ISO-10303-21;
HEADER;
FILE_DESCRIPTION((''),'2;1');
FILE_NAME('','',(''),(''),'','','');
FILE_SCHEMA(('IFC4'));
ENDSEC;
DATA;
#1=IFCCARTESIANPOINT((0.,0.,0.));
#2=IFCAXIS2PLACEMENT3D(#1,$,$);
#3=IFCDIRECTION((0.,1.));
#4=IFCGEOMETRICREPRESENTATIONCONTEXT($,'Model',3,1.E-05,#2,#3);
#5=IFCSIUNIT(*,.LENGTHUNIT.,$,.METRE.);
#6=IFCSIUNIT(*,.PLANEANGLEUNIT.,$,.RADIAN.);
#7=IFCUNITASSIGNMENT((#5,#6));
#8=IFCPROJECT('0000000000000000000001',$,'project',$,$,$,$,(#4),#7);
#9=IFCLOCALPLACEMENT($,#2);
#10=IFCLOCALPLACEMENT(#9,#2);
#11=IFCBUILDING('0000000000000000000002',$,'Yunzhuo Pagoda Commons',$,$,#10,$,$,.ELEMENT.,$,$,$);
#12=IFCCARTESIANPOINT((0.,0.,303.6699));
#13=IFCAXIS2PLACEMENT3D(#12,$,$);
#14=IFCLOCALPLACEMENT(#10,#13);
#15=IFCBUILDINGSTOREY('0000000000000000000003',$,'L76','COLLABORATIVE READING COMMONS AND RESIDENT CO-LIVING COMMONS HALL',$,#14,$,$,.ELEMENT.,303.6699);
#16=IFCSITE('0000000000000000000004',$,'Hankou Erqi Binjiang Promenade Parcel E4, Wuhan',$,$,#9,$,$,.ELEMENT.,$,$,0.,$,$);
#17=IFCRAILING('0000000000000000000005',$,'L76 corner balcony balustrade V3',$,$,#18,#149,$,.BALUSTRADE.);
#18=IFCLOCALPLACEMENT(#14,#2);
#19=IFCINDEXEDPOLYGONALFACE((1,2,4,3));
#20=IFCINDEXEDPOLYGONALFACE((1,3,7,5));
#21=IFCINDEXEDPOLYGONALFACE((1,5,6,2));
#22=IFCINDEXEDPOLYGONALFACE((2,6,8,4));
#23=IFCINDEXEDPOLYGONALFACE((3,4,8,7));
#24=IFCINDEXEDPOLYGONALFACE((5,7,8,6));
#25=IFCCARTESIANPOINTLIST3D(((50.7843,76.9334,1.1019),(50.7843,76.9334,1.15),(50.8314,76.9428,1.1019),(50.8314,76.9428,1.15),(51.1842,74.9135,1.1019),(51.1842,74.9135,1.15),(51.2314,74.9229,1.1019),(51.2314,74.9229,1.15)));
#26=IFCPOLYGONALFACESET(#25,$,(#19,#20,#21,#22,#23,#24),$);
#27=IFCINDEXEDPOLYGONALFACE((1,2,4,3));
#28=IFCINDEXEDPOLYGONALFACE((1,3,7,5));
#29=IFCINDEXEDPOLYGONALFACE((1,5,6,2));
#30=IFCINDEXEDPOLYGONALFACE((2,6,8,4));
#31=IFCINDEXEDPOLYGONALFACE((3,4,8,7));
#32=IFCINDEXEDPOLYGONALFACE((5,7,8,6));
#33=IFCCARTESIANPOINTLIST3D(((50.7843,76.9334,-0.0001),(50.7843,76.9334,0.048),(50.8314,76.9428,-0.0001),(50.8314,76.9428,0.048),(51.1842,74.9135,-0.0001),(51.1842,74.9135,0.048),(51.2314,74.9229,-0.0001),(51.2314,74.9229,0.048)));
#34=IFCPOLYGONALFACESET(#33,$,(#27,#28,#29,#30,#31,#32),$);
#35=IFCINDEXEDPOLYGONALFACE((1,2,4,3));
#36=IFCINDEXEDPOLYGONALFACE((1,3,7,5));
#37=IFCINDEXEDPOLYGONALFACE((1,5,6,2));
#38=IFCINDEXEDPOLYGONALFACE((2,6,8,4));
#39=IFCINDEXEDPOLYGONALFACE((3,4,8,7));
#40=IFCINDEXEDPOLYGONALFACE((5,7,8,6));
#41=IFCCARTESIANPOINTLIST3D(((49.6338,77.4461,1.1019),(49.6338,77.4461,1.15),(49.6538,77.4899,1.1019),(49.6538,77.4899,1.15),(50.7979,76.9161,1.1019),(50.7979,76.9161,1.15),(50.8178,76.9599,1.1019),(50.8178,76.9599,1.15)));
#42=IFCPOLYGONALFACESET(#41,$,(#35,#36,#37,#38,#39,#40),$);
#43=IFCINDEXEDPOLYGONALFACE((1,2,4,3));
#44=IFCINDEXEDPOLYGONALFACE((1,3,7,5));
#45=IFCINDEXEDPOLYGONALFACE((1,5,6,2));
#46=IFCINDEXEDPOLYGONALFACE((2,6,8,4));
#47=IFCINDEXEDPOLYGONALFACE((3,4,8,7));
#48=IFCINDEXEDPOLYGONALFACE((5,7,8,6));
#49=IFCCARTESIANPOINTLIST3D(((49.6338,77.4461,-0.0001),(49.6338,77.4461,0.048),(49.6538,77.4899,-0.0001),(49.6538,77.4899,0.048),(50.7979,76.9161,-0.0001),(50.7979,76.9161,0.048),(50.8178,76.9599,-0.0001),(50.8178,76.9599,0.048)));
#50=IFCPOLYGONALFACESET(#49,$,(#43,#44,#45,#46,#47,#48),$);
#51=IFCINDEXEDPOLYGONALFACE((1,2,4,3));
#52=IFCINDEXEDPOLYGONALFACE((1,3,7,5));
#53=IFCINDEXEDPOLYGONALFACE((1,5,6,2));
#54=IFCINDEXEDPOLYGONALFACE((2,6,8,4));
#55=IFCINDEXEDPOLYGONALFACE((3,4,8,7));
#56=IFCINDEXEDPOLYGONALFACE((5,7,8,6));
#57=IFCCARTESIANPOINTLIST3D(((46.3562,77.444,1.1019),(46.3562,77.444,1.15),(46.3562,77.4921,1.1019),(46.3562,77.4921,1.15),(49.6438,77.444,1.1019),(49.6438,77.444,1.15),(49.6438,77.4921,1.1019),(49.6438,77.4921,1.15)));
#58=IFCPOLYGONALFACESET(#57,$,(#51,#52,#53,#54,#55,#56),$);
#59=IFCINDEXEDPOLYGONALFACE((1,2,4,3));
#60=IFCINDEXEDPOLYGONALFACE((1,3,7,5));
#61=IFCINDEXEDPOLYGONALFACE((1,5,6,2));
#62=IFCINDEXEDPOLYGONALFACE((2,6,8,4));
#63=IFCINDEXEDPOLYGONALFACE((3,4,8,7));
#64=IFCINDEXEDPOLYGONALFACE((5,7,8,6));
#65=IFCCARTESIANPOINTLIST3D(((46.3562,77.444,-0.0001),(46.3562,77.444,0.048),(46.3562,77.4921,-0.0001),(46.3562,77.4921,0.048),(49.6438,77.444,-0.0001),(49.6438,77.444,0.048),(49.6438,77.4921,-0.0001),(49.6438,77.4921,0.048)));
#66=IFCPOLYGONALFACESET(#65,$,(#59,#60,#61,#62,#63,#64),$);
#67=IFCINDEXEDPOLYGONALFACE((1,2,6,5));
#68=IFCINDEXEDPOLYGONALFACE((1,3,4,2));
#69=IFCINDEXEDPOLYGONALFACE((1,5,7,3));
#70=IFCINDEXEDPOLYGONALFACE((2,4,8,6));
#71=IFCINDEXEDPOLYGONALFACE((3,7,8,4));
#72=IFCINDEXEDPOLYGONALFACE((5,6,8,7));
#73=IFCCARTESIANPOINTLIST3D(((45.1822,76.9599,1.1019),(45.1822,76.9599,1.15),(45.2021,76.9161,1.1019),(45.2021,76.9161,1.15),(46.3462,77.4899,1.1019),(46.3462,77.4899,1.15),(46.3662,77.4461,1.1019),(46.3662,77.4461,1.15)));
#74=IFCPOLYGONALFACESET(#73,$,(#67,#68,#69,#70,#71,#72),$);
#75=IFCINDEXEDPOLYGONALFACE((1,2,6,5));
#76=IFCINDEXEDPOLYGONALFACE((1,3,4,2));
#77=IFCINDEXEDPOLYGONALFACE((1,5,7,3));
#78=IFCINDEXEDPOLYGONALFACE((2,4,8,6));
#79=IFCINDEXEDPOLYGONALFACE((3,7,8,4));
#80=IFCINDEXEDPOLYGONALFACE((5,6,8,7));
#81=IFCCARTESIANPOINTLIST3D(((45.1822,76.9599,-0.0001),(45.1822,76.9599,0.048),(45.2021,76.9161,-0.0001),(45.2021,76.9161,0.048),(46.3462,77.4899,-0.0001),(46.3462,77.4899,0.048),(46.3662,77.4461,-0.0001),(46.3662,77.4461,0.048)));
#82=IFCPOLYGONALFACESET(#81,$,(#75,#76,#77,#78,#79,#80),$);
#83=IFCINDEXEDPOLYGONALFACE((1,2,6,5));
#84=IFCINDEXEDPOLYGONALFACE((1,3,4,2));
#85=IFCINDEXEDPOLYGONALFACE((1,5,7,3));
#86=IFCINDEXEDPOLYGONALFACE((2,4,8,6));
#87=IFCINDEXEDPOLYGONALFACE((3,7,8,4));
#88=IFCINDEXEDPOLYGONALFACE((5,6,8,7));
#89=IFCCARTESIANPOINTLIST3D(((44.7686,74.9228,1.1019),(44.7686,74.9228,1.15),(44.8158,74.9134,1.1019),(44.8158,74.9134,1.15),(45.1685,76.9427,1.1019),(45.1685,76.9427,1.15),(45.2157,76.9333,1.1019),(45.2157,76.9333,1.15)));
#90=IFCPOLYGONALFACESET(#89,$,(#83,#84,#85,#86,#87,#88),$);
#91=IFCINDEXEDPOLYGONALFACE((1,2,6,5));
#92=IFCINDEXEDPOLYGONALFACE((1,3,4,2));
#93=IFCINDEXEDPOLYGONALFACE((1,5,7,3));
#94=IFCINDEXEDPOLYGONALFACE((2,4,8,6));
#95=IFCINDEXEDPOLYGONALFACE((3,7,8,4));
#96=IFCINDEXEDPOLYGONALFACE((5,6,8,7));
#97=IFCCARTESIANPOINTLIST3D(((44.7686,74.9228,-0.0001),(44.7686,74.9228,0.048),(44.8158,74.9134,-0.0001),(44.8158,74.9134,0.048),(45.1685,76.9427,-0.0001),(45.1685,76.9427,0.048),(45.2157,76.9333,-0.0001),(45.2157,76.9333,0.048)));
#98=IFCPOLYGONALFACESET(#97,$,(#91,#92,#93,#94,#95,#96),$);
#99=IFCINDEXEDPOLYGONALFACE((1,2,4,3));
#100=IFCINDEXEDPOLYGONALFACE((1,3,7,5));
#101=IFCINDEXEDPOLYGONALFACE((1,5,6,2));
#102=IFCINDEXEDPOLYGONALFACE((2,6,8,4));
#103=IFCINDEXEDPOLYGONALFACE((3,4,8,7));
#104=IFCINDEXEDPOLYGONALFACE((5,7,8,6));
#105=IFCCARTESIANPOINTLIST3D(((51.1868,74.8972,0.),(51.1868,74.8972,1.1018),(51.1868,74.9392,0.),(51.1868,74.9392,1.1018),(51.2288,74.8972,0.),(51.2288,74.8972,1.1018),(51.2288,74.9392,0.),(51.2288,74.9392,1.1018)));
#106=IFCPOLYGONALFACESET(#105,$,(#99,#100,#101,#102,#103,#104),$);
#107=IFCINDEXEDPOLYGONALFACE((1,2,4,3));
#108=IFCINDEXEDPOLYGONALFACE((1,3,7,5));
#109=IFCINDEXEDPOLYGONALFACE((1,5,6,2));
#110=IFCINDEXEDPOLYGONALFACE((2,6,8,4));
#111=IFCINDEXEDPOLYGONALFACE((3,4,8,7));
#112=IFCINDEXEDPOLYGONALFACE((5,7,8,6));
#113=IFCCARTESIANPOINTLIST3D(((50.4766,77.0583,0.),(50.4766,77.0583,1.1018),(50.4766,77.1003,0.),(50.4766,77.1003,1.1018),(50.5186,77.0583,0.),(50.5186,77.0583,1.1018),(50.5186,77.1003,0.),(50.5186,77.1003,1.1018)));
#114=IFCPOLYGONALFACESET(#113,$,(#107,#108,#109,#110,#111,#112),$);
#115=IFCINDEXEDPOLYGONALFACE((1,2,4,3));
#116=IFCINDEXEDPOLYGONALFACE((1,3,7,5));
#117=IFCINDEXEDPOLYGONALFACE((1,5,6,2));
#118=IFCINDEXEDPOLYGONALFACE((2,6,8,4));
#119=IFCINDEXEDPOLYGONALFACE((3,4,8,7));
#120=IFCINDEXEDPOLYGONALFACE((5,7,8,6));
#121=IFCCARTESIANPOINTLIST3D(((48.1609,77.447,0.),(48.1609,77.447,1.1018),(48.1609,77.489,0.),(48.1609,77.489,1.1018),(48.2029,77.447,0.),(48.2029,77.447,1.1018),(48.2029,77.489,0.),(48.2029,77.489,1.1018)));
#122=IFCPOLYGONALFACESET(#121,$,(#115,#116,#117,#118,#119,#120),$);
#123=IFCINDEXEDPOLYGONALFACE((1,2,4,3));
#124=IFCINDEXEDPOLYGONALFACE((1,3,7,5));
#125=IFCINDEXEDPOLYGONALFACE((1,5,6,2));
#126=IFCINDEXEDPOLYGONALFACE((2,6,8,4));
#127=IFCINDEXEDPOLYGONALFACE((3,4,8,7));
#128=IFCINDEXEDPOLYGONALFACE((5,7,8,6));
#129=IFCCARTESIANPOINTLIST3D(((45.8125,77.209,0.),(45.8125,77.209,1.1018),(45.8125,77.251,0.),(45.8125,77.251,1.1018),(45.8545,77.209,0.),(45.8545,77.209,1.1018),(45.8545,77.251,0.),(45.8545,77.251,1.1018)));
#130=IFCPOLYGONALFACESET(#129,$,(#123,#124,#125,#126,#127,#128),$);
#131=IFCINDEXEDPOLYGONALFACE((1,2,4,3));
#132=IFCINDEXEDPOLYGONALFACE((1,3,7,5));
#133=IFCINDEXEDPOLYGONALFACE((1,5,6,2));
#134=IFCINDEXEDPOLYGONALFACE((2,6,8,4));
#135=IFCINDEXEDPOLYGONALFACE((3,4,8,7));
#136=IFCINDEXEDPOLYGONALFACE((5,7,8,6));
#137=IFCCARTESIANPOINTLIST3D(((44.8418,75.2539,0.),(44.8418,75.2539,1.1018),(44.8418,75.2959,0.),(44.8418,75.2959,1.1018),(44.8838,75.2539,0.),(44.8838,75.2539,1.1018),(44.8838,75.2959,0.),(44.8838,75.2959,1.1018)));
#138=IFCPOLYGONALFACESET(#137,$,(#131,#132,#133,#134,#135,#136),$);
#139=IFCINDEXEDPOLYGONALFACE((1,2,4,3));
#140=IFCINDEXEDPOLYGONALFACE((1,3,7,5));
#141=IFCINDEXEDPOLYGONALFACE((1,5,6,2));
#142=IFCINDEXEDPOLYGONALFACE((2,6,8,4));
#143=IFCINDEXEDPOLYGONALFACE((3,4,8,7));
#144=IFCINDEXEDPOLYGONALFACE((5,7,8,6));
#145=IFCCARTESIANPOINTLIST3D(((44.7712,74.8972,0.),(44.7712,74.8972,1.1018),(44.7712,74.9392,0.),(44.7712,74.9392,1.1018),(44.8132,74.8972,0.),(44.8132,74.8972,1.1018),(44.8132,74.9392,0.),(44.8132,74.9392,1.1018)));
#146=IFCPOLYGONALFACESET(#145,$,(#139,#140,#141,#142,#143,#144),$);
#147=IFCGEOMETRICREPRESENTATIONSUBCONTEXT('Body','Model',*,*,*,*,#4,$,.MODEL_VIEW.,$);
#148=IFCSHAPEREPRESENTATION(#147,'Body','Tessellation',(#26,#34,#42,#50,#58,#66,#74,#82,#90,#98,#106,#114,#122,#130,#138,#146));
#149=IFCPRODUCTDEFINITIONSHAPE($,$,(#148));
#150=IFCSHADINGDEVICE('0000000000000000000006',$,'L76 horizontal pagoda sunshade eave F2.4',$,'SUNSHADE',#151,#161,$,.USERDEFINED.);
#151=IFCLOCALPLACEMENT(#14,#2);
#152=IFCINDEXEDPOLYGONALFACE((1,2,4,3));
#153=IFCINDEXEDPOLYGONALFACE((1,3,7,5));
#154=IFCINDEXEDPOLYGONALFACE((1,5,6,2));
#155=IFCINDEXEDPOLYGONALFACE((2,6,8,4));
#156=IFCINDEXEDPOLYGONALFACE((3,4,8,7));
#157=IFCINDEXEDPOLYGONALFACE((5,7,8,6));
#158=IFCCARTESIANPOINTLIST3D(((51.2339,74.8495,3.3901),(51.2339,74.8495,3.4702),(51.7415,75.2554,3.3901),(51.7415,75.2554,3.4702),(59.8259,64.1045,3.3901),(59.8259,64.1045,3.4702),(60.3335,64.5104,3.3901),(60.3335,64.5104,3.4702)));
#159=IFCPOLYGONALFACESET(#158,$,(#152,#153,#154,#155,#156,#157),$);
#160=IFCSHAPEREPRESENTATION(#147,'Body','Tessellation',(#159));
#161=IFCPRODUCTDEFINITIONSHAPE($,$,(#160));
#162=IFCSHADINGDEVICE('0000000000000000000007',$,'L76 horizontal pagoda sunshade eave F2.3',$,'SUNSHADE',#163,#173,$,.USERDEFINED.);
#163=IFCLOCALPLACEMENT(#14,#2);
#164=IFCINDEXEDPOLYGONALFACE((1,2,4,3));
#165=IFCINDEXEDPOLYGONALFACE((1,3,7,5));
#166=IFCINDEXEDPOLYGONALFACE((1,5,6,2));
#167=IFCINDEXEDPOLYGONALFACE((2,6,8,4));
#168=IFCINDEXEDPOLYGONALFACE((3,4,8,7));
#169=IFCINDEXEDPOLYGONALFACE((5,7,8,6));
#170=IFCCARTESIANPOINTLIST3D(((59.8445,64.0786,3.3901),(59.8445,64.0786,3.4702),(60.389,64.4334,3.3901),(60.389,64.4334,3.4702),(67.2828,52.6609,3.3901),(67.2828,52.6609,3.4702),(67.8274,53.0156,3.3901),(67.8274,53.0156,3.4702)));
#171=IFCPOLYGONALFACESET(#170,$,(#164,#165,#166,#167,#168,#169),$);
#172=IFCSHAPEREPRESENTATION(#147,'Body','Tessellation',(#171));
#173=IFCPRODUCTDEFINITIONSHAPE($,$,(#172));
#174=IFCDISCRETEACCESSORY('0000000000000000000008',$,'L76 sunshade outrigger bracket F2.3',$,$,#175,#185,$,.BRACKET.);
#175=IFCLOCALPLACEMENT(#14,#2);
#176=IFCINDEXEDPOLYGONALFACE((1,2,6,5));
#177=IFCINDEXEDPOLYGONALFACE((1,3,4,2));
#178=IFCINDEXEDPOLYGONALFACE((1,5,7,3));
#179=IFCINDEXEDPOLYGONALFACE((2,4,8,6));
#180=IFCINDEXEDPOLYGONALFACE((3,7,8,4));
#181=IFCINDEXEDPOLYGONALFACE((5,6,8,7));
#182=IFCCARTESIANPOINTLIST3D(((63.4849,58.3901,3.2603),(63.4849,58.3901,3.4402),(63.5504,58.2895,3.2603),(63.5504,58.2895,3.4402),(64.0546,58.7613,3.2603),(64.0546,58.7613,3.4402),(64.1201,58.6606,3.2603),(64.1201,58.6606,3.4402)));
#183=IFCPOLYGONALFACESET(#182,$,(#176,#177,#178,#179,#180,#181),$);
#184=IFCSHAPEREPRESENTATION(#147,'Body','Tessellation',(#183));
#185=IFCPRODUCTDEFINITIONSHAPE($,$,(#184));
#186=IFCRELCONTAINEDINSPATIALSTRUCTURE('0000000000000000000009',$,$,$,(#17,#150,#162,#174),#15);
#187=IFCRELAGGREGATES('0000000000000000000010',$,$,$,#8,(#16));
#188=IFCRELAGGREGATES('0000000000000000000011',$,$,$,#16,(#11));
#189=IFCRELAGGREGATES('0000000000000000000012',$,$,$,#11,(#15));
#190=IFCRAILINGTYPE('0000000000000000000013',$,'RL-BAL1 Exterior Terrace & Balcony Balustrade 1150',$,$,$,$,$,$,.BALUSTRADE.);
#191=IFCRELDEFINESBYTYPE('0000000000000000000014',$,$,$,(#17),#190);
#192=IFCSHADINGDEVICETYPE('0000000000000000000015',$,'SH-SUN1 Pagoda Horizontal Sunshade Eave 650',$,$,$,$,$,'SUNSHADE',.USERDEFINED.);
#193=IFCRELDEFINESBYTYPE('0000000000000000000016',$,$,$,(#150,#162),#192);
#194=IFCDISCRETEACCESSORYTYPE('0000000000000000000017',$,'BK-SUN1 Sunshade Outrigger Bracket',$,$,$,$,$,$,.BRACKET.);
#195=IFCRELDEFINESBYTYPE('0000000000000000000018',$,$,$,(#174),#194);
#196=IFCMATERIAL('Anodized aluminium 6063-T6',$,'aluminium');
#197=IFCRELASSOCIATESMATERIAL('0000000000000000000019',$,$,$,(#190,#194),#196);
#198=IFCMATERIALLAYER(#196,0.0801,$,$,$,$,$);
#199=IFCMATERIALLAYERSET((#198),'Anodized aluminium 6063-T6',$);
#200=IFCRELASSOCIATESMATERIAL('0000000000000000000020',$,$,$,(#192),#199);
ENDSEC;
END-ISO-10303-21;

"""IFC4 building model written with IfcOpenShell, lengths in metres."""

from ifc_helpers import new_model, si_unit, direction, frame, origin, origin_2d, place, context, subcontext, project, spatial, rectangle, extrude, source, transform, mapped, material, layer, layer_set, type_object, element, save


model = new_model("IFC4")

# Units and contexts
model_context = context("Model", 3, precision=1e-05, world=origin(), true_north=direction((0.0, 1.0)))
body_context = subcontext(model_context, "Body", "Model", "MODEL_VIEW")
ifc_project = project(units=[si_unit("LENGTHUNIT", "METRE"), si_unit("PLANEANGLEUNIT", "RADIAN")], contexts=[model_context])

# Site, building, storey
site_placement = place(None, origin())
site = spatial("IfcSite", under=ifc_project, at=site_placement, Name="Hankou Erqi Binjiang Promenade Parcel E4, Wuhan", CompositionType="ELEMENT", RefElevation=0.0)
building_placement = place(site_placement, origin())
building = spatial("IfcBuilding", under=site, at=building_placement, Name="Yunzhuo Pagoda Commons", CompositionType="ELEMENT")
storey_placement = place(building_placement, frame((0.0, 0.0, 303.6699)))
storey = spatial("IfcBuildingStorey", under=building, at=storey_placement, Name="L76", Description="COLLABORATIVE READING COMMONS AND RESIDENT CO-LIVING COMMONS HALL", CompositionType="ELEMENT", Elevation=303.6699)

# Shared definitions
ifc_material_1 = material(Name="Anodized aluminium 6063-T6", Category="aluminium")

# Railing
railing_type = type_object("IfcRailingType", Name="RL-BAL1 Exterior Terrace & Balcony Balustrade 1150", PredefinedType="BALUSTRADE", material=ifc_material_1)
railing_placement = place(storey_placement, frame((51.2078, 74.9182, 0.0)))
element("IfcRailing", 1, at=railing_placement, inside=storey, type_object=railing_type, Name="L76 corner balcony balustrade V3", PredefinedType="BALUSTRADE", context=body_context, shape_type="SweptSolid", body=[
    extrude(rectangle(XDim=0.0481, YDim=0.0481, at=origin_2d()), frame((0.0, 0.0, 1.126), z_axis=(-0.194223, 0.980957, 0.0), x_axis=(-0.980957, -0.194223, 0.0)), (0.0, 0.0, 1.0), 2.0591),
    extrude(rectangle(XDim=0.0481, YDim=0.0481, at=origin_2d()), frame((0.0, 0.0, 0.0239), z_axis=(-0.194223, 0.980957, 0.0), x_axis=(-0.980957, -0.194223, 0.0)), (0.0, 0.0, 1.0), 2.0591),
    extrude(rectangle(XDim=0.0481, YDim=0.0481, at=origin_2d()), frame((-0.3999, 2.0198, 1.126), z_axis=(-0.910098, 0.414392, 0.0), x_axis=(-0.414392, -0.910098, 0.0)), (0.0, 0.0, 1.0), 1.2791),
    extrude(rectangle(XDim=0.0481, YDim=0.0481, at=origin_2d()), frame((-0.3999, 2.0198, 0.0239), z_axis=(-0.910098, 0.414392, 0.0), x_axis=(-0.414392, -0.910098, 0.0)), (0.0, 0.0, 1.0), 1.2791),
    extrude(rectangle(XDim=0.0481, YDim=0.0481, at=origin_2d()), frame((-1.564, 2.5498, 1.126), z_axis=(-1.0, 0.0, 0.0), x_axis=(0.0, -1.0, 0.0)), (0.0, 0.0, 1.0), 3.2876),
    extrude(rectangle(XDim=0.0481, YDim=0.0481, at=origin_2d()), frame((-1.564, 2.5498, 0.0239), z_axis=(-1.0, 0.0, 0.0), x_axis=(0.0, -1.0, 0.0)), (0.0, 0.0, 1.0), 3.2876),
    extrude(rectangle(XDim=0.0481, YDim=0.0481, at=origin_2d()), frame((-4.8516, 2.5498, 1.126), z_axis=(-0.910098, -0.414392, 0.0), x_axis=(0.414392, -0.910098, 0.0)), (0.0, 0.0, 1.0), 1.2791),
    extrude(rectangle(XDim=0.0481, YDim=0.0481, at=origin_2d()), frame((-4.8516, 2.5498, 0.0239), z_axis=(-0.910098, -0.414392, 0.0), x_axis=(0.414392, -0.910098, 0.0)), (0.0, 0.0, 1.0), 1.2791),
    extrude(rectangle(XDim=0.0481, YDim=0.0481, at=origin_2d()), frame((-6.0156, 2.0198, 1.126), z_axis=(-0.194223, -0.980957, 0.0), x_axis=(0.980957, -0.194223, 0.0)), (0.0, 0.0, 1.0), 2.0591),
    extrude(rectangle(XDim=0.0481, YDim=0.0481, at=origin_2d()), frame((-6.0156, 2.0198, 0.0239), z_axis=(-0.194223, -0.980957, 0.0), x_axis=(0.980957, -0.194223, 0.0)), (0.0, 0.0, 1.0), 2.0591),
    extrude(rectangle(XDim=0.042, YDim=0.042, at=origin_2d()), origin(), (0.0, 0.0, 1.0), 1.1018),
    extrude(rectangle(XDim=0.042, YDim=0.042, at=origin_2d()), frame((-0.7102, 2.1611, 0.0)), (0.0, 0.0, 1.0), 1.1018),
    extrude(rectangle(XDim=0.042, YDim=0.042, at=origin_2d()), frame((-3.0259, 2.5498, 0.0)), (0.0, 0.0, 1.0), 1.1018),
    extrude(rectangle(XDim=0.042, YDim=0.042, at=origin_2d()), frame((-5.3743, 2.3118, 0.0)), (0.0, 0.0, 1.0), 1.1018),
    extrude(rectangle(XDim=0.042, YDim=0.042, at=origin_2d()), frame((-6.345, 0.3567, 0.0)), (0.0, 0.0, 1.0), 1.1018),
    extrude(rectangle(XDim=0.042, YDim=0.042, at=origin_2d()), frame((-6.4155, 0.0, 0.0)), (0.0, 0.0, 1.0), 1.1018),
])

# Shading devices
ifc_layer_1 = layer(ifc_material_1, 0.0801)
ifc_layer_set_1 = layer_set([ifc_layer_1], Name="Anodized aluminium 6063-T6")
shading_device_type = type_object("IfcShadingDeviceType", Name="SH-SUN1 Pagoda Horizontal Sunshade Eave 650", ElementType="SUNSHADE", PredefinedType="USERDEFINED", material=ifc_layer_set_1)
shared_shape_1 = source(origin(), body_context, "Body", "SweptSolid", [
    extrude(rectangle(XDim=13.7578, YDim=0.6499, at=origin_2d()), origin(), (0.0, 0.0, 1.0), 0.0801),
])
shading_device_1_placement = place(storey_placement, frame((55.7837, 69.6799, 3.3901), z_axis=(0.0, 0.0, 1.0), x_axis=(-0.62452, 0.781008, 0.0)))
element("IfcShadingDevice", 2, at=shading_device_1_placement, inside=storey, type_object=shading_device_type, Name="L76 horizontal pagoda sunshade eave F2.4", ObjectType="SUNSHADE", PredefinedType="USERDEFINED", context=body_context, shape_type="MappedRepresentation", body=[
    mapped(shared_shape_1, transform((0.0, 0.0, 0.0), scale=1.0)),
])
shared_shape_2 = source(origin(), body_context, "Body", "SweptSolid", [
    extrude(rectangle(XDim=13.627, YDim=0.6499, at=origin_2d()), origin(), (0.0, 0.0, 1.0), 0.0801),
])
shading_device_2_placement = place(storey_placement, frame((63.8359, 58.5471, 3.3901), z_axis=(0.0, 0.0, 1.0), x_axis=(-0.545853, 0.837881, 0.0)))
element("IfcShadingDevice", 3, at=shading_device_2_placement, inside=storey, type_object=shading_device_type, Name="L76 horizontal pagoda sunshade eave F2.3", ObjectType="SUNSHADE", PredefinedType="USERDEFINED", context=body_context, shape_type="MappedRepresentation", body=[
    mapped(shared_shape_2, transform((0.0, 0.0, 0.0), scale=1.0)),
])

# Discrete accessory
discrete_accessory_type = type_object("IfcDiscreteAccessoryType", Name="BK-SUN1 Sunshade Outrigger Bracket", PredefinedType="BRACKET", material=ifc_material_1)
shared_shape_3 = source(origin(), body_context, "Body", "SweptSolid", [
    extrude(rectangle(XDim=0.1201, YDim=0.6799, at=origin_2d()), origin(), (0.0, 0.0, 1.0), 0.1799),
])
discrete_accessory_placement = place(storey_placement, frame((63.8025, 58.5254, 3.2603), z_axis=(0.0, 0.0, 1.0), x_axis=(-0.545853, 0.837881, 0.0)))
element("IfcDiscreteAccessory", 4, at=discrete_accessory_placement, inside=storey, type_object=discrete_accessory_type, Name="L76 sunshade outrigger bracket F2.3", PredefinedType="BRACKET", context=body_context, shape_type="MappedRepresentation", body=[
    mapped(shared_shape_3, transform((0.0, 0.0, 0.0), scale=1.0)),
])

save(model, "model.ifc")
